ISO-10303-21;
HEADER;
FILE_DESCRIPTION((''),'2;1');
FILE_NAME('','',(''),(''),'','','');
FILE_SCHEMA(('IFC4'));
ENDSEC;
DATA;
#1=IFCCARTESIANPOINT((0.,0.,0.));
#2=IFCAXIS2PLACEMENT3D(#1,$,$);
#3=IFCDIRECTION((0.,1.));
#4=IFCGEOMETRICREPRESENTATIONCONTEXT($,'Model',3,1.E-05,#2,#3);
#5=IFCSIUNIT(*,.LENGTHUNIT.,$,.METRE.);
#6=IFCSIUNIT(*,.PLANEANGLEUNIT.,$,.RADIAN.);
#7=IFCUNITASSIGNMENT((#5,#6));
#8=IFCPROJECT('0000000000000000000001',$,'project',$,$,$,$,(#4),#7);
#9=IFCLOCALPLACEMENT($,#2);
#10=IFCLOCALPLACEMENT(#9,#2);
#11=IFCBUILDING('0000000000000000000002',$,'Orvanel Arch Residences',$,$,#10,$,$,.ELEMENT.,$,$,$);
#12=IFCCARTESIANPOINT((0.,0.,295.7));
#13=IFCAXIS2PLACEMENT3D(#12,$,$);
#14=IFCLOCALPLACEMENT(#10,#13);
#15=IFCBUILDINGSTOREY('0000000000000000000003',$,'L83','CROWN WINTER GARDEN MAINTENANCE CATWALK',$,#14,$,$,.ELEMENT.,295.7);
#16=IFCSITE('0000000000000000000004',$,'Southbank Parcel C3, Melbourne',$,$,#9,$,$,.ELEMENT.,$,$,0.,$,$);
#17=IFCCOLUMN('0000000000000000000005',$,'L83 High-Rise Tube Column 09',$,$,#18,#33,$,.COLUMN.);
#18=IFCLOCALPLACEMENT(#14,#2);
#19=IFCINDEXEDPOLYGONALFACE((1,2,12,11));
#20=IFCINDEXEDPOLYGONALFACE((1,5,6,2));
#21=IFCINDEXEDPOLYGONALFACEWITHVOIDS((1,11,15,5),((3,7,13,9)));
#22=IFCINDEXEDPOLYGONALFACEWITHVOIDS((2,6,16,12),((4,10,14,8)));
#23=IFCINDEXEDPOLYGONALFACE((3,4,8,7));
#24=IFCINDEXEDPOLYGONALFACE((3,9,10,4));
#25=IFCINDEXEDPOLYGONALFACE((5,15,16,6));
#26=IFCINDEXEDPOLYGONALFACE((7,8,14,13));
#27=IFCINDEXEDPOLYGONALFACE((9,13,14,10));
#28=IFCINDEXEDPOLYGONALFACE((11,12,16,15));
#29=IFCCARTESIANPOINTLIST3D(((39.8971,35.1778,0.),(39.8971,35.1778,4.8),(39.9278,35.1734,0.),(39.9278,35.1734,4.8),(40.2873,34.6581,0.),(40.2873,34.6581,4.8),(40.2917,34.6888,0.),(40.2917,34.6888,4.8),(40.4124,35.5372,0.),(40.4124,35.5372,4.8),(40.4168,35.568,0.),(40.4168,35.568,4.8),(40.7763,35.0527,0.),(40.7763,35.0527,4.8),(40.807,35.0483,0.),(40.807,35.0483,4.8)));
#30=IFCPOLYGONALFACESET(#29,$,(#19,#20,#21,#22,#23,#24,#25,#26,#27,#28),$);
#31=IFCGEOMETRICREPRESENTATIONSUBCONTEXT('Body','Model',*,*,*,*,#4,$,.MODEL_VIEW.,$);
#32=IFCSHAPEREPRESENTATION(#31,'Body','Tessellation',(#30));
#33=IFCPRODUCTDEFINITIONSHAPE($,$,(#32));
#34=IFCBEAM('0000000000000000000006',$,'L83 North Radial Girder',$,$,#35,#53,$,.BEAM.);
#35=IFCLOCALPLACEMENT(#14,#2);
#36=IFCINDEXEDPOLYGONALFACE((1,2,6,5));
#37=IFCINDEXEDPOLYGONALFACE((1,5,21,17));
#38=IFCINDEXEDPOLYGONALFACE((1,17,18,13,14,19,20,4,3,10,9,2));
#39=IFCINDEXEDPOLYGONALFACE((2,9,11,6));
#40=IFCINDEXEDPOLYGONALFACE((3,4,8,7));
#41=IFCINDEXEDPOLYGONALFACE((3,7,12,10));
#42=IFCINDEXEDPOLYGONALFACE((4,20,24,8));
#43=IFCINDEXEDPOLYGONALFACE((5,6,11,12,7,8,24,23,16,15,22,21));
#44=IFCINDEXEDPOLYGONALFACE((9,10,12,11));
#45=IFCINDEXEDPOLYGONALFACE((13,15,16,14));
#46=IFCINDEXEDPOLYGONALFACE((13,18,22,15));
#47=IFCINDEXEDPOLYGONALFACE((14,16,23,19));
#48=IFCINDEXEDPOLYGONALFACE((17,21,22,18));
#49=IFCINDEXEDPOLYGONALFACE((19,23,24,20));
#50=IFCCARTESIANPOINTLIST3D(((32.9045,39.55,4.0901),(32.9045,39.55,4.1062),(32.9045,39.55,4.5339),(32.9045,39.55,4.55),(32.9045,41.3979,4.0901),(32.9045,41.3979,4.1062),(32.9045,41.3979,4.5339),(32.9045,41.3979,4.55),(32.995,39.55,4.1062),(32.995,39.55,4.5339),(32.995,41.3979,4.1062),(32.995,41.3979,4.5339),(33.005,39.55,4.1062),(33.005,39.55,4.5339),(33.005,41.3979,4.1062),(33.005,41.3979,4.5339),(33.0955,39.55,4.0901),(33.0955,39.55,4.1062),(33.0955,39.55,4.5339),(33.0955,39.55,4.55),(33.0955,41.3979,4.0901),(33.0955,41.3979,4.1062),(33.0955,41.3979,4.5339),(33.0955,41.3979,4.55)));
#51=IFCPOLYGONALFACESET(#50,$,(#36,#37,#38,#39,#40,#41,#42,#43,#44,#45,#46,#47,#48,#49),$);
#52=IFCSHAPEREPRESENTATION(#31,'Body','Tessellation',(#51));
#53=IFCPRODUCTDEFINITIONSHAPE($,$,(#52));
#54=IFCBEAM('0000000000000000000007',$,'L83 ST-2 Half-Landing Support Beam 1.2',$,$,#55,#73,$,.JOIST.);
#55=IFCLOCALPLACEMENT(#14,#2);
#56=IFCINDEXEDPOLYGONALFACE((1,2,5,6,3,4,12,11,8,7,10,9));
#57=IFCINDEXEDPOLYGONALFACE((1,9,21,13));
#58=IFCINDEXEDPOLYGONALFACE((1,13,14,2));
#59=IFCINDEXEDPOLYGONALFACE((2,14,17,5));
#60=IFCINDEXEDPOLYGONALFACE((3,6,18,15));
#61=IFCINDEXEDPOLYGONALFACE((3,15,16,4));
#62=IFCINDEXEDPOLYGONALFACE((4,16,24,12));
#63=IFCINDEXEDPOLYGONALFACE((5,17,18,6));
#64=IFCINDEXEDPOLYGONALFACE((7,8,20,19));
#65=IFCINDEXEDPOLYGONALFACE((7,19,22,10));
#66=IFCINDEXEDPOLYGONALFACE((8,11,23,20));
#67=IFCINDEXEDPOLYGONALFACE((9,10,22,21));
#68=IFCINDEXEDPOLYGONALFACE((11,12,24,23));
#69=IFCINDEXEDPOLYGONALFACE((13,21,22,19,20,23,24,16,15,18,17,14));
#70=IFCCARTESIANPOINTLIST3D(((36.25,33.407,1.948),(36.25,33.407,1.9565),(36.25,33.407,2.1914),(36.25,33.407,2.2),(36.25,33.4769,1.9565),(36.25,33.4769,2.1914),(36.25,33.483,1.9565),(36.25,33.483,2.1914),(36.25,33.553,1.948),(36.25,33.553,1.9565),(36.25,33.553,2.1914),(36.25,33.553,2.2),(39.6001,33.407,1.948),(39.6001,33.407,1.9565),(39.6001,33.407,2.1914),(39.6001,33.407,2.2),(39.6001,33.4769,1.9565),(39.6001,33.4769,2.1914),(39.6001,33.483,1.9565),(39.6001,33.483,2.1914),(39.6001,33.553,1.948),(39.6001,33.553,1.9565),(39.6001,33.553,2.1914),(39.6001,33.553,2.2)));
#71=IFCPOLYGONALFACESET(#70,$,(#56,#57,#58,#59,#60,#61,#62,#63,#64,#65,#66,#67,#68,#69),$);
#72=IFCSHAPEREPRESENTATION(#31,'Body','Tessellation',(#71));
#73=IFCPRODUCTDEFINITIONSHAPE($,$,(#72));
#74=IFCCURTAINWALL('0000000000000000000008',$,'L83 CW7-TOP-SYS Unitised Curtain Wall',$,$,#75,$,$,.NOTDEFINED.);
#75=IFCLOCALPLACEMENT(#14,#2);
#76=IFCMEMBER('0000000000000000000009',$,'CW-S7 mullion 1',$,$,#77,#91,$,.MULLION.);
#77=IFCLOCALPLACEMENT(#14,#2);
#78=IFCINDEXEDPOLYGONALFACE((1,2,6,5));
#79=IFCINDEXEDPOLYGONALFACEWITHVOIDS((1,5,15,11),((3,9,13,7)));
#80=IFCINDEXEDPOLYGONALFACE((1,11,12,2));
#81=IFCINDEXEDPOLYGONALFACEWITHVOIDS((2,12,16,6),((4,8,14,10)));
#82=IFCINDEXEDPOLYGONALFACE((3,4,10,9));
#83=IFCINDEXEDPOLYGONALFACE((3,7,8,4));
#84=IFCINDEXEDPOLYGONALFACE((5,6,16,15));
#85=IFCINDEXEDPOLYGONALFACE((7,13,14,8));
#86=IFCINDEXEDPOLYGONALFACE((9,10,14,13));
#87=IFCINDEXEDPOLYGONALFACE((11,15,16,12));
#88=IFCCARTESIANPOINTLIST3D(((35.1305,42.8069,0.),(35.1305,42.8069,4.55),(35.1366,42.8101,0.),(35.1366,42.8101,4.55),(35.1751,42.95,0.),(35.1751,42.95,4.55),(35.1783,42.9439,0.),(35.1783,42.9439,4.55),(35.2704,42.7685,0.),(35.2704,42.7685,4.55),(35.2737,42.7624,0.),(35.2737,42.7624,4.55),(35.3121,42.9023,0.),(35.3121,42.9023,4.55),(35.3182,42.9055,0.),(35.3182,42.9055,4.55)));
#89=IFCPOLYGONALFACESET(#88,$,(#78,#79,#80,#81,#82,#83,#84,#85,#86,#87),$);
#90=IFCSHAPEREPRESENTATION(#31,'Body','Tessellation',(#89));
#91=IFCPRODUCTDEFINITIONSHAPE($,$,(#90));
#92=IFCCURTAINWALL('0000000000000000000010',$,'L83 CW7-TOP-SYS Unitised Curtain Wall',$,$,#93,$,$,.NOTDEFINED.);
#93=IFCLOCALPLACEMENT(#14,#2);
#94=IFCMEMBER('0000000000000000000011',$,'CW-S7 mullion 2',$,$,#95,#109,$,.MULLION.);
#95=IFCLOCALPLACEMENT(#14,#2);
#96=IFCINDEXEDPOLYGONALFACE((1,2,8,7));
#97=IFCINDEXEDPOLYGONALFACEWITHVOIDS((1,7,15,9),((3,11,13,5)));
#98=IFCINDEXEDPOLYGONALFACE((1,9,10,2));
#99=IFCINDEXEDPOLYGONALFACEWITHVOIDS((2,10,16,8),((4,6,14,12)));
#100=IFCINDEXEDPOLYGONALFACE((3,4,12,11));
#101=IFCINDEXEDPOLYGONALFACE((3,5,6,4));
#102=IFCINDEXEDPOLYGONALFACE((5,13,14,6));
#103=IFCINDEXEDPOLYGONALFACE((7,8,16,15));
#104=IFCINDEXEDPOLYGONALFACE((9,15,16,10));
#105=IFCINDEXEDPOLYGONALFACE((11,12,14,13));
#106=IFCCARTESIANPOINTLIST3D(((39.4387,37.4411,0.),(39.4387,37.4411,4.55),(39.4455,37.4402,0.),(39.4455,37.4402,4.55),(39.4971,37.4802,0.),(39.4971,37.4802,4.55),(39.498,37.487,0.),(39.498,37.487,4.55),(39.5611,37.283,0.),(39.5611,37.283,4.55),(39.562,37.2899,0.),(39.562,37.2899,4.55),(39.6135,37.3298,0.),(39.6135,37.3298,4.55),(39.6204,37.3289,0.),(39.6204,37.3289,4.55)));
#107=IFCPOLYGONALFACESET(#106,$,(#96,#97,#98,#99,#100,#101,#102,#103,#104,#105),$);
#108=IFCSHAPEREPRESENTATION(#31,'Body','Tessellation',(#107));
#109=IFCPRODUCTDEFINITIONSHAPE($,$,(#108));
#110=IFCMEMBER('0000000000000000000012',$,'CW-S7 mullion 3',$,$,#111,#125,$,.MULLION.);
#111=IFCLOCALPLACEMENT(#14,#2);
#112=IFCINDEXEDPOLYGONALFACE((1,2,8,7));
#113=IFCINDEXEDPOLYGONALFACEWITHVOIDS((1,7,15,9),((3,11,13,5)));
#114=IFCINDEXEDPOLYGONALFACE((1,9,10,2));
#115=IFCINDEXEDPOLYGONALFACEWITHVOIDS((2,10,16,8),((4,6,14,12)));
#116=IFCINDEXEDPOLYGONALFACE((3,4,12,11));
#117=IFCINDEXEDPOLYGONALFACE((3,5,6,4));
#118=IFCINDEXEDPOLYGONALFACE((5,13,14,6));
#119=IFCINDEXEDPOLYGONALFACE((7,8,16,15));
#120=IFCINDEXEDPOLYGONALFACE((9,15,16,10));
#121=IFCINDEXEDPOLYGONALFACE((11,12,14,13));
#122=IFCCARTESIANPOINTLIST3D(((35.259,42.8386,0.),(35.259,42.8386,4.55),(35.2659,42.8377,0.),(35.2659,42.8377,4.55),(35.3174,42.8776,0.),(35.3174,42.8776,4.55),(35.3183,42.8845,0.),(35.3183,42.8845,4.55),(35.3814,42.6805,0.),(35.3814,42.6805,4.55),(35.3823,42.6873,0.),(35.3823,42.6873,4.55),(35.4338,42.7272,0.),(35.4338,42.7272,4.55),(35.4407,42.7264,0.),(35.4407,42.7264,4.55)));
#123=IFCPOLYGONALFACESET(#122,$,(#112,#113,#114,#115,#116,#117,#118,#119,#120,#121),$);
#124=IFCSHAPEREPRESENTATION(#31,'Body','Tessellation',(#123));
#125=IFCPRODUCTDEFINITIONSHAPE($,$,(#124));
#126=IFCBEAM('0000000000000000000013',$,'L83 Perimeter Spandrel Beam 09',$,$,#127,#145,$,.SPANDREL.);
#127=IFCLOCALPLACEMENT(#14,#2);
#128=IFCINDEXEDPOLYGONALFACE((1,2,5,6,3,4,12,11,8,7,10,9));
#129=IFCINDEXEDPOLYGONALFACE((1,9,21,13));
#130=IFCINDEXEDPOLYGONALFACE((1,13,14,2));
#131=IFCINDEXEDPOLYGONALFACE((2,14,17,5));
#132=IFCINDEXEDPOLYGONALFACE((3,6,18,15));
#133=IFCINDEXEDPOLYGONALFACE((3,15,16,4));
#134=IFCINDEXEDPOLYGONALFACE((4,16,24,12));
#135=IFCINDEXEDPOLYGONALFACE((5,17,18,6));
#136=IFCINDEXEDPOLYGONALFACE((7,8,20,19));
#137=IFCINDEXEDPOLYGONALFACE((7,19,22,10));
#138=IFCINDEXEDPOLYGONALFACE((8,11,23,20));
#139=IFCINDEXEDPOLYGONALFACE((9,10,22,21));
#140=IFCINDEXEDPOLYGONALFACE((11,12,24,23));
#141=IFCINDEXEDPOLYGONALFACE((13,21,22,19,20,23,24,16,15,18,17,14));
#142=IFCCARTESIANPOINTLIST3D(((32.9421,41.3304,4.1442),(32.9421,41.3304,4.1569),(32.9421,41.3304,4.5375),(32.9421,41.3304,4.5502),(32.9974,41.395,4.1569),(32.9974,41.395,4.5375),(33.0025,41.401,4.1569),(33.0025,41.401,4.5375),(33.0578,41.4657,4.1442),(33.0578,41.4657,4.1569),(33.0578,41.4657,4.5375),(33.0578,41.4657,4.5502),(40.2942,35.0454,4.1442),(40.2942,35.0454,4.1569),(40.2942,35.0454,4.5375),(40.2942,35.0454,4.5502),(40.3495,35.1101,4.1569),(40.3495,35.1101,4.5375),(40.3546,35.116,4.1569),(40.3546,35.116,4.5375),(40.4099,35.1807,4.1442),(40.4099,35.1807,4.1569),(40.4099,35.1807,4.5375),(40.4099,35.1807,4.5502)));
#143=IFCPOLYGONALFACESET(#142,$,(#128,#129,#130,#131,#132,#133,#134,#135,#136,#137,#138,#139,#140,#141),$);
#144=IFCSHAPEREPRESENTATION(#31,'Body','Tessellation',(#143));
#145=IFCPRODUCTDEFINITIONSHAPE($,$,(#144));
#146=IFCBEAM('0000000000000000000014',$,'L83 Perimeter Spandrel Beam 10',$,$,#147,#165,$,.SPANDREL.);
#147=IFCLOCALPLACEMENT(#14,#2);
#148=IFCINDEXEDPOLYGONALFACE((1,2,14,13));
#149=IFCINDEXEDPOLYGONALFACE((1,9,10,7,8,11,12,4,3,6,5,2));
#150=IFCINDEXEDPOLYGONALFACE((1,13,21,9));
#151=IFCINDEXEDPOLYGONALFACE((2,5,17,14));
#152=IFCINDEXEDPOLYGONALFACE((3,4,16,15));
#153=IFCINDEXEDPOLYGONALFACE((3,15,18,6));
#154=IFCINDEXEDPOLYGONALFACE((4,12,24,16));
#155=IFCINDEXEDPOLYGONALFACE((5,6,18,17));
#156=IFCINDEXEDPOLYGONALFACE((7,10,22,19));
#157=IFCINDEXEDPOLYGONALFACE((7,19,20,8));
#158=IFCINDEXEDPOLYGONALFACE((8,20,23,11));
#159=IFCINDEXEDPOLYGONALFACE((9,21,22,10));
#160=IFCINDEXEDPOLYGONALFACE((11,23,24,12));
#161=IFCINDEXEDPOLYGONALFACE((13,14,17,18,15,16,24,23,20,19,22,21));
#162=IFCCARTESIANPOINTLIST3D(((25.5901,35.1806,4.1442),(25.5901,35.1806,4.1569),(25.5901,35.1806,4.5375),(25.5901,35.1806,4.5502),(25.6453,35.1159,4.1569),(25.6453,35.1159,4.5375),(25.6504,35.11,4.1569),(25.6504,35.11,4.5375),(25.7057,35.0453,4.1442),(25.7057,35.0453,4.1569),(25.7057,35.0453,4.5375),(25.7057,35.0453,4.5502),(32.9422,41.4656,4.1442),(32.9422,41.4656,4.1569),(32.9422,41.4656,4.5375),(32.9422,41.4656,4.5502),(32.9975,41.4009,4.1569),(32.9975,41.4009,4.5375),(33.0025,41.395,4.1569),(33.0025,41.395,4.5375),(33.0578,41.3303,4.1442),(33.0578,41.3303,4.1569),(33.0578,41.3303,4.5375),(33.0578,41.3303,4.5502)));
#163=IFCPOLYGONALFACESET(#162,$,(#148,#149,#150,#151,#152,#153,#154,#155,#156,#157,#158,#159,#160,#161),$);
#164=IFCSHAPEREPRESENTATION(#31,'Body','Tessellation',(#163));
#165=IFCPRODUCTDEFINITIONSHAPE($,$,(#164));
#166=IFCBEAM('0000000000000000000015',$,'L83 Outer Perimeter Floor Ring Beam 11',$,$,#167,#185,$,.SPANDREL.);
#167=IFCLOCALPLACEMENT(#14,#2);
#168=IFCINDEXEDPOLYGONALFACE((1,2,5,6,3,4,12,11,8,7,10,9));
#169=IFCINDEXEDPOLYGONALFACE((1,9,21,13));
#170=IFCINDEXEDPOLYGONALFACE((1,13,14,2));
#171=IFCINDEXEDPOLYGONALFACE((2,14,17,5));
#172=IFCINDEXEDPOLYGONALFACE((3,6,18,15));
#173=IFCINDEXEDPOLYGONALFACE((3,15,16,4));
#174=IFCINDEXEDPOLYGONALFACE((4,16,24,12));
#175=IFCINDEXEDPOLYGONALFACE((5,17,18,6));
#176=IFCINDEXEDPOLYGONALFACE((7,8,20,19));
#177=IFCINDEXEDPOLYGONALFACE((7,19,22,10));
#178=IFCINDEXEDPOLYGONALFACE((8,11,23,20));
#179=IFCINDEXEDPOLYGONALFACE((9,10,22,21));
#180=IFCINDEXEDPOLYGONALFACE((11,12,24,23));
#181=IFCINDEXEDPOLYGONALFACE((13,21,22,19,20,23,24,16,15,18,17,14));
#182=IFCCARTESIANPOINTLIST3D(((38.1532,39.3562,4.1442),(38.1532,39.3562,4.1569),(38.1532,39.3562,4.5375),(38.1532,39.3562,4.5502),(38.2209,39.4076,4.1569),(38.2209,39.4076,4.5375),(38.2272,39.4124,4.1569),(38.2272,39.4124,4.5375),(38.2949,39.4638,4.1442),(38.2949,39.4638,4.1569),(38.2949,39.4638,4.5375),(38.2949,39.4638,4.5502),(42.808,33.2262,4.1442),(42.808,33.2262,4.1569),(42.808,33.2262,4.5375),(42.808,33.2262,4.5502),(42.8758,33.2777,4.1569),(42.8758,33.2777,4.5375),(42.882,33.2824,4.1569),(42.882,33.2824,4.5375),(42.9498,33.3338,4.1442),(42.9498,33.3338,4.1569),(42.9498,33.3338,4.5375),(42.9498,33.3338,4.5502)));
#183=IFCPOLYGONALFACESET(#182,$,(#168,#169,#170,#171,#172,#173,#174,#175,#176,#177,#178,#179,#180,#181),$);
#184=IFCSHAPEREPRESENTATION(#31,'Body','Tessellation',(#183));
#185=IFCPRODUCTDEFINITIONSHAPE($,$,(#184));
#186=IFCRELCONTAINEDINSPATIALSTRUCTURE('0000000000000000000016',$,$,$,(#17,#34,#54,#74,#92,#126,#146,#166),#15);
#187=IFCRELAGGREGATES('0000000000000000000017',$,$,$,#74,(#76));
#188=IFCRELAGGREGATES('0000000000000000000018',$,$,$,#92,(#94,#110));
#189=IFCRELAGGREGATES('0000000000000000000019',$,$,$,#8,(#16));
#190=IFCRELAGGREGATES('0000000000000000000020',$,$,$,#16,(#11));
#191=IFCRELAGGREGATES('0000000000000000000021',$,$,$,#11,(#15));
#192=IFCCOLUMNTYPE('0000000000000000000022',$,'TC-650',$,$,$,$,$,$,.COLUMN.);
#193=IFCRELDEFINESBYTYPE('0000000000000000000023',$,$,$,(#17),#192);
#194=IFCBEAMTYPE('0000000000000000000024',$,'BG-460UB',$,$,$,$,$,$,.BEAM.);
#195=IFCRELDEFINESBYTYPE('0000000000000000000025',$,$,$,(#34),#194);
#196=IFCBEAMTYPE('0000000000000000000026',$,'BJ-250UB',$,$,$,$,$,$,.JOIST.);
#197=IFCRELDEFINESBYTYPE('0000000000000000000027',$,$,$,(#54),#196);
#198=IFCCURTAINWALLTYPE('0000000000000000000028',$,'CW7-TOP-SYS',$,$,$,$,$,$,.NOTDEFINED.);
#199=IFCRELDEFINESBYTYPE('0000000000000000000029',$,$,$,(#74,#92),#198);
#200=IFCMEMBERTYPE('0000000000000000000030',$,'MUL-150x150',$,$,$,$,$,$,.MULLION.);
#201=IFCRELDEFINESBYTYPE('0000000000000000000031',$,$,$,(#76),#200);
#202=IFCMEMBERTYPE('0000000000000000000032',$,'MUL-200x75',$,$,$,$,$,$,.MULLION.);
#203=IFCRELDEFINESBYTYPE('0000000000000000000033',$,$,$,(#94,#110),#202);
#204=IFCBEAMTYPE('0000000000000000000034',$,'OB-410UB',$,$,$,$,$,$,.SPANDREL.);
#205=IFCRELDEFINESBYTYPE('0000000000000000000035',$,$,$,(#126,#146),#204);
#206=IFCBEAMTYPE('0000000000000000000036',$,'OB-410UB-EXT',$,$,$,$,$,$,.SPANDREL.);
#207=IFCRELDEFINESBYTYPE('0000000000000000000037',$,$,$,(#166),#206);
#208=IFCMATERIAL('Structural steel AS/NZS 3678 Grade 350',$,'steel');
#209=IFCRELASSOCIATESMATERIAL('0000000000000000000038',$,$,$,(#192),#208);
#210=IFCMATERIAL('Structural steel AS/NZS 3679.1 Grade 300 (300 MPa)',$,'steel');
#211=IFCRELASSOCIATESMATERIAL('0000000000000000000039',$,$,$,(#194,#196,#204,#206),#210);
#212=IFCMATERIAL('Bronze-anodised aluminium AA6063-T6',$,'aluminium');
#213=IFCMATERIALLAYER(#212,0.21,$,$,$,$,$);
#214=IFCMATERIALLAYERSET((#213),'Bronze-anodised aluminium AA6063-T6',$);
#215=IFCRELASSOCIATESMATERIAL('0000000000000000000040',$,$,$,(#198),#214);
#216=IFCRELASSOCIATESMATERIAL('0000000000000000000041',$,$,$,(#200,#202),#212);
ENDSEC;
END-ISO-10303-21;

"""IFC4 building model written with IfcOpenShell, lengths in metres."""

from ifc_helpers import new_model, si_unit, direction, frame, origin, origin_2d, place, context, subcontext, project, spatial, hollow_rectangle, i_section, extrude, material, layer, layer_set, material_profile, profile_set, type_object, element, aggregate, save


model = new_model("IFC4")

# Units and contexts
model_context = context("Model", 3, precision=1e-05, world=origin(), true_north=direction((0.0, 1.0)))
body_context = subcontext(model_context, "Body", "Model", "MODEL_VIEW")
ifc_project = project(units=[si_unit("LENGTHUNIT", "METRE"), si_unit("PLANEANGLEUNIT", "RADIAN")], contexts=[model_context])

# Site, building, storey
site_placement = place(None, origin())
site = spatial("IfcSite", under=ifc_project, at=site_placement, Name="Southbank Parcel C3, Melbourne", CompositionType="ELEMENT", RefElevation=0.0)
building_placement = place(site_placement, origin())
building = spatial("IfcBuilding", under=site, at=building_placement, Name="Orvanel Arch Residences", CompositionType="ELEMENT")
storey_placement = place(building_placement, frame((0.0, 0.0, 295.7)))
storey = spatial("IfcBuildingStorey", under=building, at=storey_placement, Name="L83", Description="CROWN WINTER GARDEN MAINTENANCE CATWALK", CompositionType="ELEMENT", Elevation=295.7)

# Column
ifc_material_1 = material(Name="Structural steel AS/NZS 3678 Grade 350", Category="steel")
ifc_material_profile_1 = material_profile(ifc_material_1, hollow_rectangle(XDim=0.6499, YDim=0.6499, WallThickness=0.022, at=origin_2d()), Name="BOX650x650x22")
ifc_profile_set_1 = profile_set([ifc_material_profile_1], Name="Structural steel AS/NZS 3678 Grade 350")
column_type = type_object("IfcColumnType", Name="TC-650", PredefinedType="COLUMN", material=ifc_profile_set_1)
column_placement = place(storey_placement, frame((40.3521, 35.113, 0.0), z_axis=(0.0, 0.0, 1.0), x_axis=(-0.60042, 0.799685, 0.0)))
element("IfcColumn", 1, at=column_placement, inside=storey, type_object=column_type, Name="L83 High-Rise Tube Column 09", PredefinedType="COLUMN", context=body_context, shape_type="SweptSolid", body=[
    extrude(hollow_rectangle(XDim=0.6499, YDim=0.6499, WallThickness=0.022, at=origin_2d()), origin(), (0.0, 0.0, 1.0), 4.8),
])

# Beams
ifc_material_2 = material(Name="Structural steel AS/NZS 3679.1 Grade 300 (300 MPa)", Category="steel")
ifc_material_profile_2 = material_profile(ifc_material_2, i_section(OverallWidth=0.1909, OverallDepth=0.46, WebThickness=0.01, FlangeThickness=0.0161, at=origin_2d()), Name="460UB82.1")
ifc_profile_set_2 = profile_set([ifc_material_profile_2], Name="Structural steel AS/NZS 3679.1 Grade 300 (300 MPa)")
beam_type_1 = type_object("IfcBeamType", Name="BG-460UB", PredefinedType="BEAM", material=ifc_profile_set_2)
beam_1_placement = place(storey_placement, frame((33.0, 39.55, 4.3201), z_axis=(0.0, 1.0, 0.0), x_axis=(-1.0, 0.0, 0.0)))
element("IfcBeam", 2, at=beam_1_placement, inside=storey, type_object=beam_type_1, Name="L83 North Radial Girder", PredefinedType="BEAM", context=body_context, shape_type="SweptSolid", body=[
    extrude(i_section(OverallWidth=0.1909, OverallDepth=0.46, WebThickness=0.01, FlangeThickness=0.0161, at=origin_2d()), origin(), (0.0, 0.0, 1.0), 1.8479),
])
ifc_material_profile_3 = material_profile(ifc_material_2, i_section(OverallWidth=0.146, OverallDepth=0.252, WebThickness=0.0061, FlangeThickness=0.0085, at=origin_2d()), Name="250UB31.4")
ifc_profile_set_3 = profile_set([ifc_material_profile_3], Name="Structural steel AS/NZS 3679.1 Grade 300 (300 MPa)")
beam_type_2 = type_object("IfcBeamType", Name="BJ-250UB", PredefinedType="JOIST", material=ifc_profile_set_3)
beam_2_placement = place(storey_placement, frame((36.25, 33.48, 2.074), z_axis=(1.0, 0.0, 0.0), x_axis=(0.0, 1.0, 0.0)))
element("IfcBeam", 3, at=beam_2_placement, inside=storey, type_object=beam_type_2, Name="L83 ST-2 Half-Landing Support Beam 1.2", PredefinedType="JOIST", context=body_context, shape_type="SweptSolid", body=[
    extrude(i_section(OverallWidth=0.146, OverallDepth=0.252, WebThickness=0.0061, FlangeThickness=0.0085, at=origin_2d()), origin(), (0.0, 0.0, 1.0), 3.3501),
])

# Curtain wall, member
ifc_material_3 = material(Name="Bronze-anodised aluminium AA6063-T6", Category="aluminium")
ifc_layer_1 = layer(ifc_material_3, 0.21)
ifc_layer_set_1 = layer_set([ifc_layer_1], Name="Bronze-anodised aluminium AA6063-T6")
curtain_wall_type = type_object("IfcCurtainWallType", Name="CW7-TOP-SYS", PredefinedType="NOTDEFINED", material=ifc_layer_set_1)
curtain_wall_1_placement = place(storey_placement, origin())
curtain_wall_1 = element("IfcCurtainWall", 4, at=curtain_wall_1_placement, inside=storey, type_object=curtain_wall_type, Name="L83 CW7-TOP-SYS Unitised Curtain Wall", PredefinedType="NOTDEFINED")
ifc_material_profile_4 = material_profile(ifc_material_3, hollow_rectangle(XDim=0.1499, YDim=0.1499, WallThickness=0.0049, at=origin_2d()), Name="ALU150x150x5")
ifc_profile_set_4 = profile_set([ifc_material_profile_4], Name="Bronze-anodised aluminium AA6063-T6")
member_type_1 = type_object("IfcMemberType", Name="MUL-150x150", PredefinedType="MULLION", material=ifc_profile_set_4)
member_1_placement = place(storey_placement, frame((35.2244, 42.8562, 0.0), z_axis=(0.0, 0.0, 1.0), x_axis=(-0.297187, -0.954819, 0.0)))
member_1 = element("IfcMember", 5, at=member_1_placement, type_object=member_type_1, Name="CW-S7 mullion 1", PredefinedType="MULLION", context=body_context, shape_type="SweptSolid", body=[
    extrude(hollow_rectangle(XDim=0.1499, YDim=0.1499, WallThickness=0.0049, at=origin_2d()), origin(), (0.0, 0.0, 1.0), 4.55),
])

# Curtain wall, members
curtain_wall_2_placement = place(storey_placement, origin())
curtain_wall_2 = element("IfcCurtainWall", 6, at=curtain_wall_2_placement, inside=storey, type_object=curtain_wall_type, Name="L83 CW7-TOP-SYS Unitised Curtain Wall", PredefinedType="NOTDEFINED")
ifc_material_profile_5 = material_profile(ifc_material_3, hollow_rectangle(XDim=0.075, YDim=0.2, WallThickness=0.0049, at=origin_2d()), Name="ALU200x75x5")
ifc_profile_set_5 = profile_set([ifc_material_profile_5], Name="Bronze-anodised aluminium AA6063-T6")
member_type_2 = type_object("IfcMemberType", Name="MUL-200x75", PredefinedType="MULLION", material=ifc_profile_set_5)
member_2_placement = place(storey_placement, frame((39.5295, 37.385, 0.0), z_axis=(0.0, 0.0, 1.0), x_axis=(-0.790657, -0.61226, 0.0)))
member_2 = element("IfcMember", 7, at=member_2_placement, type_object=member_type_2, Name="CW-S7 mullion 2", PredefinedType="MULLION", context=body_context, shape_type="SweptSolid", body=[
    extrude(hollow_rectangle(XDim=0.075, YDim=0.2, WallThickness=0.0049, at=origin_2d()), origin(), (0.0, 0.0, 1.0), 4.55),
])
member_3_placement = place(storey_placement, frame((35.3499, 42.7825, 0.0), z_axis=(0.0, 0.0, 1.0), x_axis=(-0.790657, -0.61226, 0.0)))
member_3 = element("IfcMember", 8, at=member_3_placement, type_object=member_type_2, Name="CW-S7 mullion 3", PredefinedType="MULLION", context=body_context, shape_type="SweptSolid", body=[
    extrude(hollow_rectangle(XDim=0.075, YDim=0.2, WallThickness=0.0049, at=origin_2d()), origin(), (0.0, 0.0, 1.0), 4.55),
])

# Beams
ifc_material_profile_6 = material_profile(ifc_material_2, i_section(OverallWidth=0.178, OverallDepth=0.406, WebThickness=0.0078, FlangeThickness=0.0127, at=origin_2d()), Name="410UB59.7")
ifc_profile_set_6 = profile_set([ifc_material_profile_6], Name="Structural steel AS/NZS 3679.1 Grade 300 (300 MPa)")
beam_type_3 = type_object("IfcBeamType", Name="OB-410UB", PredefinedType="SPANDREL", material=ifc_profile_set_6)
for number, where, z_axis, x_axis, name in (
    (9, (40.3521, 35.113, 4.3472), (-0.760117, 0.649787, 0.0), (-0.649787, -0.760117, 0.0), "L83 Perimeter Spandrel Beam 09"),
    (10, (33.0, 41.3979, 4.3472), (-0.760117, -0.649787, 0.0), (0.649787, -0.760117, 0.0), "L83 Perimeter Spandrel Beam 10"),
):
    element("IfcBeam", number, at=place(storey_placement, frame(where, z_axis=z_axis, x_axis=x_axis)), inside=storey, type_object=beam_type_3, Name=name, PredefinedType="SPANDREL", context=body_context, shape_type="SweptSolid", body=[
        extrude(i_section(OverallWidth=0.178, OverallDepth=0.406, WebThickness=0.0078, FlangeThickness=0.0127, at=origin_2d()), origin(), (0.0, 0.0, 1.0), 9.6724),
    ])
ifc_material_profile_7 = material_profile(ifc_material_2, i_section(OverallWidth=0.178, OverallDepth=0.406, WebThickness=0.0078, FlangeThickness=0.0127, at=origin_2d()), Name="410UB59.7")
ifc_profile_set_7 = profile_set([ifc_material_profile_7], Name="Structural steel AS/NZS 3679.1 Grade 300 (300 MPa)")
beam_type_4 = type_object("IfcBeamType", Name="OB-410UB-EXT", PredefinedType="SPANDREL", material=ifc_profile_set_7)
beam_3_placement = place(storey_placement, frame((42.8789, 33.28, 4.3472), z_axis=(-0.60476, 0.796408, 0.0), x_axis=(-0.796408, -0.60476, 0.0)))
element("IfcBeam", 11, at=beam_3_placement, inside=storey, type_object=beam_type_4, Name="L83 Outer Perimeter Floor Ring Beam 11", PredefinedType="SPANDREL", context=body_context, shape_type="SweptSolid", body=[
    extrude(i_section(OverallWidth=0.178, OverallDepth=0.406, WebThickness=0.0078, FlangeThickness=0.0127, at=origin_2d()), origin(), (0.0, 0.0, 1.0), 7.697),
])

aggregate(curtain_wall_1, [member_1])
aggregate(curtain_wall_2, [member_2, member_3])

save(model, "model.ifc")
